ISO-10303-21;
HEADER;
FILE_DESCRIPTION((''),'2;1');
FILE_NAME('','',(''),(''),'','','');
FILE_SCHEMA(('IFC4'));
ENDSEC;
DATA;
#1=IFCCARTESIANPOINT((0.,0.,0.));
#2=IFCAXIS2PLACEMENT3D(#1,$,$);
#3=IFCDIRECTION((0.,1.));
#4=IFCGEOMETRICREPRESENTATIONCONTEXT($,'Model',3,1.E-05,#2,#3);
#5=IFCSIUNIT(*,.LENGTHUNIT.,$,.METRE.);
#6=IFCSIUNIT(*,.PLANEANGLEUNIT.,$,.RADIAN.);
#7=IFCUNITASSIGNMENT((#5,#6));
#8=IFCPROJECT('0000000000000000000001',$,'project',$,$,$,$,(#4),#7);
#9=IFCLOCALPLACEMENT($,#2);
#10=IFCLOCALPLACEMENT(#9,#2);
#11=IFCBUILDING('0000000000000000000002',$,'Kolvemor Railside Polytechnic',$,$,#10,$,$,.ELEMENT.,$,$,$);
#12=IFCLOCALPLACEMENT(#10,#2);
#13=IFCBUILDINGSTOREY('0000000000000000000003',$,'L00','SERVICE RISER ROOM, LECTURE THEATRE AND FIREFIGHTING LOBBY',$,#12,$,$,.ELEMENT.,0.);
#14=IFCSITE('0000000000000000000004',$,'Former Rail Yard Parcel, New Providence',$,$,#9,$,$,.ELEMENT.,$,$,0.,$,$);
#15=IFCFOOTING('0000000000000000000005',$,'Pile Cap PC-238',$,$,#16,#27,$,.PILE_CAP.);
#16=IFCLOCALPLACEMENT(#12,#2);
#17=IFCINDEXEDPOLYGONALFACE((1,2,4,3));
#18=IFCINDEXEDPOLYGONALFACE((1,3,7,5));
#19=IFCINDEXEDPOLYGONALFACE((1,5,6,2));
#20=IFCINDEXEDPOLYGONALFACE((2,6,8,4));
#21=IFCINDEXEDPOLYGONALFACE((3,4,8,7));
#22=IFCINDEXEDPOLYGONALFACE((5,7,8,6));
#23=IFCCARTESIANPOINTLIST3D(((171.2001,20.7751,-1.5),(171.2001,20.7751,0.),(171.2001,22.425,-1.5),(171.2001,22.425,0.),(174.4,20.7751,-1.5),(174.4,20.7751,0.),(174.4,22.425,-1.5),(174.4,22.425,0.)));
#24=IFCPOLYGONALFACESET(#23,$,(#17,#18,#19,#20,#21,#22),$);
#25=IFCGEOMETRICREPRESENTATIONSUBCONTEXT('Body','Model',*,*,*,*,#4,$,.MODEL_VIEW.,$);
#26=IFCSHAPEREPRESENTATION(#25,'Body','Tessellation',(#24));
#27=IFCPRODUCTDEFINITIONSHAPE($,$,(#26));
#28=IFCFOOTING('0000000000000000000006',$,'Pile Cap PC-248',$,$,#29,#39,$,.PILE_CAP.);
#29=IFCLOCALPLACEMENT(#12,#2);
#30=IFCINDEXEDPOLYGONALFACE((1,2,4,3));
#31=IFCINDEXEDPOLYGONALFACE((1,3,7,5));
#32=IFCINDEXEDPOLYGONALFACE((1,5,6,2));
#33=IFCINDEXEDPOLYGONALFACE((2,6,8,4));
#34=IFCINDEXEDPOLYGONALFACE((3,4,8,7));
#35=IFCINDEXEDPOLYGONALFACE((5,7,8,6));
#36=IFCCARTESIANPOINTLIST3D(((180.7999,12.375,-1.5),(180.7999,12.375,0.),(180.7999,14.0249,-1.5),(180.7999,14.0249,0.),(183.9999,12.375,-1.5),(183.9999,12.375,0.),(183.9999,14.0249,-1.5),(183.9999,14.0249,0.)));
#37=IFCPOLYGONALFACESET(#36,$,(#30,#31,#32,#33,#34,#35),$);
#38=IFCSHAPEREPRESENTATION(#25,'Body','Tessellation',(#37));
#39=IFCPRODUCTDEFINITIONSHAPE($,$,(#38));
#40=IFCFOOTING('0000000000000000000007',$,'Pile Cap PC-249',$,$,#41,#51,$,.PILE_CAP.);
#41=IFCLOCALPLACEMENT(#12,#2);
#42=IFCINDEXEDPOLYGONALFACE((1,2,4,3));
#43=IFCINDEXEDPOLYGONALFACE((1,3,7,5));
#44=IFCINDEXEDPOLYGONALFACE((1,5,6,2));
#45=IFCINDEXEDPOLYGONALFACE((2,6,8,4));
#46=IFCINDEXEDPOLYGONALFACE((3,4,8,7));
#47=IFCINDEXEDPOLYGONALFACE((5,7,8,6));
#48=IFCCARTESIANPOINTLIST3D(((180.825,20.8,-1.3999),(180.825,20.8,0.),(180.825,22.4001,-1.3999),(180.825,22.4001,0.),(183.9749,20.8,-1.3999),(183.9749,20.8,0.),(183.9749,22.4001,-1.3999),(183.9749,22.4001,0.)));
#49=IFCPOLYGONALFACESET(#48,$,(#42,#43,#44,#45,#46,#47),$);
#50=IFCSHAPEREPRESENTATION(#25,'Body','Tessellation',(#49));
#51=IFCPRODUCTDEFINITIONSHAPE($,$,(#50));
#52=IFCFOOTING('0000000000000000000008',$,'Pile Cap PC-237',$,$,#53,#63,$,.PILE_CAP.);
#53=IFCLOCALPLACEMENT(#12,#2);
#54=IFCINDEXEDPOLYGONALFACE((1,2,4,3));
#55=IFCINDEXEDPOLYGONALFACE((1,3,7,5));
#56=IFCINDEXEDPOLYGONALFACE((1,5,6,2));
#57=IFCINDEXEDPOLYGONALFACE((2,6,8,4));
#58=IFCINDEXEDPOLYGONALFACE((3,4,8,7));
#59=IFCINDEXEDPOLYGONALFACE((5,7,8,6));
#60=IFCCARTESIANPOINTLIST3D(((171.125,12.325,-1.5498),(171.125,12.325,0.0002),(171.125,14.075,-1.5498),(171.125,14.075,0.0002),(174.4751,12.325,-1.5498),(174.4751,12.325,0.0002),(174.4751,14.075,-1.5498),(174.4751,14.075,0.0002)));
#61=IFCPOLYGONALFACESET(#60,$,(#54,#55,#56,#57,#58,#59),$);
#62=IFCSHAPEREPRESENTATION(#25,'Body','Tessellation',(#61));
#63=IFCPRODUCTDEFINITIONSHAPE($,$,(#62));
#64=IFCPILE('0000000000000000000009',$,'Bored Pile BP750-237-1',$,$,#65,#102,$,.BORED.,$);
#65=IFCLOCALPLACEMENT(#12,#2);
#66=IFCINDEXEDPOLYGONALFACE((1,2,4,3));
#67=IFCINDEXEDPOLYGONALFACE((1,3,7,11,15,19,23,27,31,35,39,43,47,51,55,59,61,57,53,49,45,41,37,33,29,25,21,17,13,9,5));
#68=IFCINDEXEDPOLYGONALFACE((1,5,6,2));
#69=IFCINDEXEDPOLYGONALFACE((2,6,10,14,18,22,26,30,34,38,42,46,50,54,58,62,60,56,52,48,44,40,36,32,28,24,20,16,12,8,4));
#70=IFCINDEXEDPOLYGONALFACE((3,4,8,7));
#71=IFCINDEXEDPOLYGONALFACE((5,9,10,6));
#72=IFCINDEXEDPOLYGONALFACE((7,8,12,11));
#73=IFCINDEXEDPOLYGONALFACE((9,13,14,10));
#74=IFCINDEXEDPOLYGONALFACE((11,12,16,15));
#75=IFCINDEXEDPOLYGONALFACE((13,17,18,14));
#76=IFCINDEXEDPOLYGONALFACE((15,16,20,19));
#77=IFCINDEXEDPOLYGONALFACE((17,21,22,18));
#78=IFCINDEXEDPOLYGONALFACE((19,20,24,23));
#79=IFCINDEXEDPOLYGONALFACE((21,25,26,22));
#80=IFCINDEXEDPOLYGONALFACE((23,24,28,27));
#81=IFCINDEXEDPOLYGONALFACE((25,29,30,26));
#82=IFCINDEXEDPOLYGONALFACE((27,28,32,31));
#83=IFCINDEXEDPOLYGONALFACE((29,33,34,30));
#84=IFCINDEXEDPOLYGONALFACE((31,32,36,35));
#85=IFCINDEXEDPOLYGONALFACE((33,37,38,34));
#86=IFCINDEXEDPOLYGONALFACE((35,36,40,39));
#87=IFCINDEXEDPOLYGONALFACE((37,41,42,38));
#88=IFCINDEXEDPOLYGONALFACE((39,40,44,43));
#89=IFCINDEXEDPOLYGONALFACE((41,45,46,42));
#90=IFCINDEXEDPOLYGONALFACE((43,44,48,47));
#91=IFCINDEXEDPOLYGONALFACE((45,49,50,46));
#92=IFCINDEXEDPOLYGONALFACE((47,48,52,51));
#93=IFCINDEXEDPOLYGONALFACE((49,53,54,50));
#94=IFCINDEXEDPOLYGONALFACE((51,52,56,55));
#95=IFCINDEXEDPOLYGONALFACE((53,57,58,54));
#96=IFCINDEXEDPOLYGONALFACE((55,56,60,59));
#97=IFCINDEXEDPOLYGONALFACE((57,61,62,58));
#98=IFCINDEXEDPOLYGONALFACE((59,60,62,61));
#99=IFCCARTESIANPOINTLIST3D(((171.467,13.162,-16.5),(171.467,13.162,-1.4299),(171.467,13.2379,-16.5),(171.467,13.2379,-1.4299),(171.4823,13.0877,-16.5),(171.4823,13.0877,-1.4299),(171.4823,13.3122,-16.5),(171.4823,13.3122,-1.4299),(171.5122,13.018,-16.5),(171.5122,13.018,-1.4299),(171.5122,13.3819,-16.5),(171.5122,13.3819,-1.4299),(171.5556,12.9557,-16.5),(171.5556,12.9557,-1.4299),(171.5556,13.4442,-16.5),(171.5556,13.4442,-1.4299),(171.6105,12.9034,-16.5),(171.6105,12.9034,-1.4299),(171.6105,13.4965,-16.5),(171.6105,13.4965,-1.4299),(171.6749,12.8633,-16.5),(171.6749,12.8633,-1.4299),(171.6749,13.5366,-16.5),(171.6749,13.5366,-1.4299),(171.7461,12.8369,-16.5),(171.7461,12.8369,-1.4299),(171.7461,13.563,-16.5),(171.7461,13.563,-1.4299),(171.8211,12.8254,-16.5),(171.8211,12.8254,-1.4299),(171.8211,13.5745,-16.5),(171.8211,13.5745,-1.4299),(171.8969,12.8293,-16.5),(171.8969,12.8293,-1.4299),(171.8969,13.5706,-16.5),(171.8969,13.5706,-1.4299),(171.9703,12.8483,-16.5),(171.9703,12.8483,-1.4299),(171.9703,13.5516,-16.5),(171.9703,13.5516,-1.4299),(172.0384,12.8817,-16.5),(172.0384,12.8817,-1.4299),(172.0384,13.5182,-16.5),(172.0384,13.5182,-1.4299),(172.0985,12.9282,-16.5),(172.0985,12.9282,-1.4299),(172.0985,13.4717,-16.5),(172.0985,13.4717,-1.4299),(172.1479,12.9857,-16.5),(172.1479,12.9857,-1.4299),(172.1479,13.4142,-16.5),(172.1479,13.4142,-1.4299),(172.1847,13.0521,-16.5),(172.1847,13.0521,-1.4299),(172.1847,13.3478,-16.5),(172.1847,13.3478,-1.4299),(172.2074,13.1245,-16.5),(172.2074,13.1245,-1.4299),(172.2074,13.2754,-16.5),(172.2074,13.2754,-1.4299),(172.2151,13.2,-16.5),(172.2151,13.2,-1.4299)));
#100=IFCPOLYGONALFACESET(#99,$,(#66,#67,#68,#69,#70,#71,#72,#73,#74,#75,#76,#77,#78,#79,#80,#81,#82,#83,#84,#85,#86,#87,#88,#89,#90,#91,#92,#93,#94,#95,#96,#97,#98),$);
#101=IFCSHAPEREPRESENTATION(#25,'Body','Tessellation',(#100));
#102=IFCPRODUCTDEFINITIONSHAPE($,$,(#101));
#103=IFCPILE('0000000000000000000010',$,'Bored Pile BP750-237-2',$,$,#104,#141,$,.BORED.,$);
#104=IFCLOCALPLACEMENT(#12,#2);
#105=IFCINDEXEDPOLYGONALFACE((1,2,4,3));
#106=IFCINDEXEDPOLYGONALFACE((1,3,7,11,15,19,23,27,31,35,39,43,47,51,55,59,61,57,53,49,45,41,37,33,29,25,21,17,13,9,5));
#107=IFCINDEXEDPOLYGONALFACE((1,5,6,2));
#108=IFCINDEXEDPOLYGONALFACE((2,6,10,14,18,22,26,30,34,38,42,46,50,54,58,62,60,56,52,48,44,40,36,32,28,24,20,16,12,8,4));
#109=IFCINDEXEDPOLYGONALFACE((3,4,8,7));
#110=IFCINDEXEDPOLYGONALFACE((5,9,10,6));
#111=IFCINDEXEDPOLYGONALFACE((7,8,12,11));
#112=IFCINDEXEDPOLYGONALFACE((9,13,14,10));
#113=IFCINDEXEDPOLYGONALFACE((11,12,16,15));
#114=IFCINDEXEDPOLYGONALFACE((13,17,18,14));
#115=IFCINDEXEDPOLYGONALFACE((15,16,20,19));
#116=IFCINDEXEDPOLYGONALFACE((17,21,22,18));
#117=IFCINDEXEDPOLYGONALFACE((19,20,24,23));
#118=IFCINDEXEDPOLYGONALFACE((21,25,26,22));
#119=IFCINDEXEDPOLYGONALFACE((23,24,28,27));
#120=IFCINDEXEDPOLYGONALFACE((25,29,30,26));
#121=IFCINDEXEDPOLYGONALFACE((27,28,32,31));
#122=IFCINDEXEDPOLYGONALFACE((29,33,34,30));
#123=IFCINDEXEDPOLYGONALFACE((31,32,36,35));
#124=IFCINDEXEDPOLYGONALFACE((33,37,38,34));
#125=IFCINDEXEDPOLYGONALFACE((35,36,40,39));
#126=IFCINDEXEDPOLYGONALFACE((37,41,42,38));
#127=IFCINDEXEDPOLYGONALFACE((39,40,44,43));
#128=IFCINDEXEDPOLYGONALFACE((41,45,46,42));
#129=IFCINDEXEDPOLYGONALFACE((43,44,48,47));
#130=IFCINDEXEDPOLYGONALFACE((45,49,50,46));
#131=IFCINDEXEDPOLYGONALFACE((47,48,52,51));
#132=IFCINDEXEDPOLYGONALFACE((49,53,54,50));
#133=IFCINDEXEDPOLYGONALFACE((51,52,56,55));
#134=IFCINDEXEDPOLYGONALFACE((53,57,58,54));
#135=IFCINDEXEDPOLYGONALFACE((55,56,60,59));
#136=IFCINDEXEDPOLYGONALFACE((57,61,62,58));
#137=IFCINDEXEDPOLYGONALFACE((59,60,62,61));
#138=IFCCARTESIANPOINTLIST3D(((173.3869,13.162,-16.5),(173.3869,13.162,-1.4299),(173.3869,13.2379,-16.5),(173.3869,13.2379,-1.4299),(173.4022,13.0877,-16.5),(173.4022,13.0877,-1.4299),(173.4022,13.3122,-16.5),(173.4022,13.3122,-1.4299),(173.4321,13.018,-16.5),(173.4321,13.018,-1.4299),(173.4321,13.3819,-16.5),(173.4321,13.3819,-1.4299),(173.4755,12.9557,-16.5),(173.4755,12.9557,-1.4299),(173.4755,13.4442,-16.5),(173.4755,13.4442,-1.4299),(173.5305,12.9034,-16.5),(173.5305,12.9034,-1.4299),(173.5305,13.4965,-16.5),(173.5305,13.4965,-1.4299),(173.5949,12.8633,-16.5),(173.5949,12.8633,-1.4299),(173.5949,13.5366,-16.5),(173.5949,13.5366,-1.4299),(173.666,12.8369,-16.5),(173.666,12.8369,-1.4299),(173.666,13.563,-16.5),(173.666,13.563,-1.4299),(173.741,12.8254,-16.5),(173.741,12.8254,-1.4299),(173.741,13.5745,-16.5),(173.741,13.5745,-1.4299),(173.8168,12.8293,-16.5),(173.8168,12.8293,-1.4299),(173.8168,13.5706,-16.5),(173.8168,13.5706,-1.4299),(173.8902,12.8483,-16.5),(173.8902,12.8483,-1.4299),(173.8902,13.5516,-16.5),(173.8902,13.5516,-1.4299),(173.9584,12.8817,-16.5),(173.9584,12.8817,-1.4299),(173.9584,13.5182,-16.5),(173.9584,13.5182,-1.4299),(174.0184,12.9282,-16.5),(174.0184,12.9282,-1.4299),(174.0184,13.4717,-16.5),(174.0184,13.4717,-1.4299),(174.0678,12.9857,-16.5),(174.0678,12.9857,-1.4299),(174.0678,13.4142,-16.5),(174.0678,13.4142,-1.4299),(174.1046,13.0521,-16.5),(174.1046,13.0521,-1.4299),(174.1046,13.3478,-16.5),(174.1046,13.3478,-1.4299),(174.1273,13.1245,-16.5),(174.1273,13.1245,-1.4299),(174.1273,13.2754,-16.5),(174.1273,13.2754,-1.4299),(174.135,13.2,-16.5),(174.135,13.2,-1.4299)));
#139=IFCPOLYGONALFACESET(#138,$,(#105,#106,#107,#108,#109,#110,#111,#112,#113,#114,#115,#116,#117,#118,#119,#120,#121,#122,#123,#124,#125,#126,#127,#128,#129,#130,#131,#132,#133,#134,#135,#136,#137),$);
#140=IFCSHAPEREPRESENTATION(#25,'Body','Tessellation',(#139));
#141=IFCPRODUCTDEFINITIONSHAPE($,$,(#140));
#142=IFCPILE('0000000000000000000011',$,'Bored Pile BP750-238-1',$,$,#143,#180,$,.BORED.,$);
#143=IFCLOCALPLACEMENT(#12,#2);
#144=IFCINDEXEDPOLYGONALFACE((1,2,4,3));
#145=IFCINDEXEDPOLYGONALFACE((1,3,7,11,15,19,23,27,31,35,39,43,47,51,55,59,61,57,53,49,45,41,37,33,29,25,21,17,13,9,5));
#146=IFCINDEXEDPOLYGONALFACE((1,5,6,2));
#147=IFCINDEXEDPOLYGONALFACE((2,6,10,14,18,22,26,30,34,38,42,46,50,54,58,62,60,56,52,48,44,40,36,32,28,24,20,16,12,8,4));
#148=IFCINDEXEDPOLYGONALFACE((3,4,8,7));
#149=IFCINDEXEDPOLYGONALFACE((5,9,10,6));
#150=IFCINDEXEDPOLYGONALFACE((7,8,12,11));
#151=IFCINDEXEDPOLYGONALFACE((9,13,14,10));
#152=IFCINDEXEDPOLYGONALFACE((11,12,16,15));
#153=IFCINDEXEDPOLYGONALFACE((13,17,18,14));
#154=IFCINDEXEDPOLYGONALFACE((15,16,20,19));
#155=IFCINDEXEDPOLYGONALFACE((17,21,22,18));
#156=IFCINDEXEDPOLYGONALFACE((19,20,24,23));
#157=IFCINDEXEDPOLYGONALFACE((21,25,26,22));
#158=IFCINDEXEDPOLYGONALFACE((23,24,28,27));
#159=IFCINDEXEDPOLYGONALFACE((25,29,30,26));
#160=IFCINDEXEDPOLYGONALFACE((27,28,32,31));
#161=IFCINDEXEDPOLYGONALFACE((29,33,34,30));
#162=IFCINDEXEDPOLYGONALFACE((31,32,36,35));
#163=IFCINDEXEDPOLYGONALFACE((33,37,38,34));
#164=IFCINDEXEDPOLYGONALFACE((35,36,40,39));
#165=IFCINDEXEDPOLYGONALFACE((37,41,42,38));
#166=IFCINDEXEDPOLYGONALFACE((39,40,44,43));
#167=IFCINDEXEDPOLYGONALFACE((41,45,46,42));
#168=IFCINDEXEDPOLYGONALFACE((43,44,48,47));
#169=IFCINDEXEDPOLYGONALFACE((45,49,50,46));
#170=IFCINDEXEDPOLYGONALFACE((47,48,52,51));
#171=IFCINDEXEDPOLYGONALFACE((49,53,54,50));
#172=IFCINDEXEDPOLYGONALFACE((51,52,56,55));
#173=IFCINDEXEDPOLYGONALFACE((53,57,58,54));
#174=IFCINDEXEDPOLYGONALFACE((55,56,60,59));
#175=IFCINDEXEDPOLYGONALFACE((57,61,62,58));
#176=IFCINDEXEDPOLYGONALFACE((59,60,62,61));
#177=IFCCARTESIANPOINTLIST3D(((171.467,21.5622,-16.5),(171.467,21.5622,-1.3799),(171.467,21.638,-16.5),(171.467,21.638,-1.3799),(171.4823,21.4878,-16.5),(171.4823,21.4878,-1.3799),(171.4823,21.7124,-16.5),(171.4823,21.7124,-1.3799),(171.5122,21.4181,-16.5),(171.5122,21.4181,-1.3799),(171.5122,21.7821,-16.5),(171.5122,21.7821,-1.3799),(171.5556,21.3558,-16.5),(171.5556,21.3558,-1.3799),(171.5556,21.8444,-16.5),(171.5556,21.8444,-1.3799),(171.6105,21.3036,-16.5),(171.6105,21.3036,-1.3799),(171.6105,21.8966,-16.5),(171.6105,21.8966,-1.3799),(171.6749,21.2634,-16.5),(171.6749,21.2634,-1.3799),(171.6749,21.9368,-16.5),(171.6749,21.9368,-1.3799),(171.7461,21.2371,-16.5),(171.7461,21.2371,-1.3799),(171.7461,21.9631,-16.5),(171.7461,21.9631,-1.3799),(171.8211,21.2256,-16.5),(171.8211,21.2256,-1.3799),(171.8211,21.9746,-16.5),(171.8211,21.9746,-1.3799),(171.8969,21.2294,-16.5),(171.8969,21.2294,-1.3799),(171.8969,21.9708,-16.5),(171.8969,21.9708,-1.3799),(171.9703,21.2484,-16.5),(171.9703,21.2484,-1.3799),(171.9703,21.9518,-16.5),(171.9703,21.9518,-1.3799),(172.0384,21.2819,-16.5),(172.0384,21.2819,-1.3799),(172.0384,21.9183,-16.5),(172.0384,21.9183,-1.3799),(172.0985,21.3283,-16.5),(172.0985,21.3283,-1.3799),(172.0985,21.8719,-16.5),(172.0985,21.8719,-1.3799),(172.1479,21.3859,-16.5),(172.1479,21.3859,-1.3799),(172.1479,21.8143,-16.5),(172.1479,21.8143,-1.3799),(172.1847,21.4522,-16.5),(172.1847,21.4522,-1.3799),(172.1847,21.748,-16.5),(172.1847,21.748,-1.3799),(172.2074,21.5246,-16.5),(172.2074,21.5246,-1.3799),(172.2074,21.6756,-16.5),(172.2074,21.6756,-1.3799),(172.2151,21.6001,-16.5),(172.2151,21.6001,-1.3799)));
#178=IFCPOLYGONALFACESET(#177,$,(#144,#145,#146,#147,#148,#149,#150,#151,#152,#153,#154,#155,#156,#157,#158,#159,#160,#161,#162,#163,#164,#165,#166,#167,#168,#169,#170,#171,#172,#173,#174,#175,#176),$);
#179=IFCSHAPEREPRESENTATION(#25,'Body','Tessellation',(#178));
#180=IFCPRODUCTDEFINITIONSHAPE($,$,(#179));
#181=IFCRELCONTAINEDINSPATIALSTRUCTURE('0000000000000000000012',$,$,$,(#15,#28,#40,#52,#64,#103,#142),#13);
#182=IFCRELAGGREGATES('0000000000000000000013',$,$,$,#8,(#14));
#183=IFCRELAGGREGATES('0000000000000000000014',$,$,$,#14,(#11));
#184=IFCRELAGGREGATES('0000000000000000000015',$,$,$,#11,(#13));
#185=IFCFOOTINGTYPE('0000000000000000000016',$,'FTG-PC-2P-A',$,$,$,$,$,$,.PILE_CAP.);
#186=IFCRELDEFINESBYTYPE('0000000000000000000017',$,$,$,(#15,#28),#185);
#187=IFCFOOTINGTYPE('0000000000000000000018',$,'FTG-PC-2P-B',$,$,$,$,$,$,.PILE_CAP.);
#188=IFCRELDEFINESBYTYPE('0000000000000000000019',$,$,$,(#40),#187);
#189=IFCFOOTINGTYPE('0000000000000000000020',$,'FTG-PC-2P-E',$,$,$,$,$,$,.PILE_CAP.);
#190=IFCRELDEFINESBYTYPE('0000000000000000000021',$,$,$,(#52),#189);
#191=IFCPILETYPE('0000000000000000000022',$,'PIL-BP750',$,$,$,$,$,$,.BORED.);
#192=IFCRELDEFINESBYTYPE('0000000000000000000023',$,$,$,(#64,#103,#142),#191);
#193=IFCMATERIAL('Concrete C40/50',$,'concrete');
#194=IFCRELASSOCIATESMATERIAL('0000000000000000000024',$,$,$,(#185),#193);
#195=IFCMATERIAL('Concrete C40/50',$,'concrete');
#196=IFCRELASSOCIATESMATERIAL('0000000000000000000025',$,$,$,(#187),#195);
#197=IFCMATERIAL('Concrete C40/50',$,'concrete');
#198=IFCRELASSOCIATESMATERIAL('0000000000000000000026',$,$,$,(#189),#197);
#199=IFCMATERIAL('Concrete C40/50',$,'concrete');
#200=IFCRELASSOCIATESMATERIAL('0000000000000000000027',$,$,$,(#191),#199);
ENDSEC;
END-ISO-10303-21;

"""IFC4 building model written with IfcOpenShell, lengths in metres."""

from ifc_helpers import new_model, si_unit, direction, frame, origin, origin_2d, place, context, subcontext, project, spatial, rectangle, circle, extrude, material, material_profile, profile_set, type_object, element, save


model = new_model("IFC4")

# Units and contexts
model_context = context("Model", 3, precision=1e-05, world=origin(), true_north=direction((0.0, 1.0)))
body_context = subcontext(model_context, "Body", "Model", "MODEL_VIEW")
ifc_project = project(units=[si_unit("LENGTHUNIT", "METRE"), si_unit("PLANEANGLEUNIT", "RADIAN")], contexts=[model_context])

# Site, building, storey
site_placement = place(None, origin())
site = spatial("IfcSite", under=ifc_project, at=site_placement, Name="Former Rail Yard Parcel, New Providence", CompositionType="ELEMENT", RefElevation=0.0)
building_placement = place(site_placement, origin())
building = spatial("IfcBuilding", under=site, at=building_placement, Name="Kolvemor Railside Polytechnic", CompositionType="ELEMENT")
storey_placement = place(building_placement, origin())
storey = spatial("IfcBuildingStorey", under=building, at=storey_placement, Name="L00", Description="SERVICE RISER ROOM, LECTURE THEATRE AND FIREFIGHTING LOBBY", CompositionType="ELEMENT", Elevation=0.0)

# Footings
ifc_material_1 = material(Name="Concrete C40/50", Category="concrete")
footing_type_1 = type_object("IfcFootingType", Name="FTG-PC-2P-A", PredefinedType="PILE_CAP", material=ifc_material_1)
for number, where, z_axis, x_axis, name in (
    (1, (172.8, 21.6001, -1.5), (0.0, 0.0, 1.0), (1.0, 0.0, 0.0), "Pile Cap PC-238"),
    (2, (182.3999, 13.2, -1.5), (0.0, 0.0, 1.0), (1.0, 0.0, 0.0), "Pile Cap PC-248"),
):
    element("IfcFooting", number, at=place(storey_placement, frame(where, z_axis=z_axis, x_axis=x_axis)), inside=storey, type_object=footing_type_1, Name=name, PredefinedType="PILE_CAP", context=body_context, shape_type="SweptSolid", body=[
        extrude(rectangle(XDim=3.2, YDim=1.6499, at=origin_2d()), origin(), (0.0, 0.0, 1.0), 1.5),
    ])
ifc_material_2 = material(Name="Concrete C40/50", Category="concrete")
footing_type_2 = type_object("IfcFootingType", Name="FTG-PC-2P-B", PredefinedType="PILE_CAP", material=ifc_material_2)
footing_1_placement = place(storey_placement, frame((182.3999, 21.6001, -1.3999), z_axis=(0.0, 0.0, 1.0), x_axis=(1.0, 0.0, 0.0)))
element("IfcFooting", 3, at=footing_1_placement, inside=storey, type_object=footing_type_2, Name="Pile Cap PC-249", PredefinedType="PILE_CAP", context=body_context, shape_type="SweptSolid", body=[
    extrude(rectangle(XDim=3.1499, YDim=1.6001, at=origin_2d()), origin(), (0.0, 0.0, 1.0), 1.3999),
])
ifc_material_3 = material(Name="Concrete C40/50", Category="concrete")
footing_type_3 = type_object("IfcFootingType", Name="FTG-PC-2P-E", PredefinedType="PILE_CAP", material=ifc_material_3)
footing_2_placement = place(storey_placement, frame((172.8, 13.2, -1.5498), z_axis=(0.0, 0.0, 1.0), x_axis=(1.0, 0.0, 0.0)))
element("IfcFooting", 4, at=footing_2_placement, inside=storey, type_object=footing_type_3, Name="Pile Cap PC-237", PredefinedType="PILE_CAP", context=body_context, shape_type="SweptSolid", body=[
    extrude(rectangle(XDim=3.3501, YDim=1.75, at=origin_2d()), origin(), (0.0, 0.0, 1.0), 1.55),
])

# Piles
ifc_material_4 = material(Name="Concrete C40/50", Category="concrete")
ifc_material_profile_1 = material_profile(ifc_material_4, circle(Radius=0.375, at=origin_2d()), Name="BP750")
ifc_profile_set_1 = profile_set([ifc_material_profile_1], Name="Concrete C40/50")
pile_type = type_object("IfcPileType", Name="PIL-BP750", PredefinedType="BORED", material=ifc_profile_set_1)
for number, where, z_axis, x_axis, name in (
    (5, (171.8401, 13.2, -1.4299), (0.0, 0.0, -1.0), (1.0, 0.0, 0.0), "Bored Pile BP750-237-1"),
    (6, (173.76, 13.2, -1.4299), (0.0, 0.0, -1.0), (1.0, 0.0, 0.0), "Bored Pile BP750-237-2"),
):
    element("IfcPile", number, at=place(storey_placement, frame(where, z_axis=z_axis, x_axis=x_axis)), inside=storey, type_object=pile_type, Name=name, PredefinedType="BORED", context=body_context, shape_type="SweptSolid", body=[
        extrude(circle(Radius=0.375, at=origin_2d()), origin(), (0.0, 0.0, 1.0), 15.0701),
    ])
for number, where, z_axis, x_axis, name in (
    (7, (171.8401, 21.6001, -1.3799), (0.0, 0.0, -1.0), (1.0, 0.0, 0.0), "Bored Pile BP750-238-1"),
):
    element("IfcPile", number, at=place(storey_placement, frame(where, z_axis=z_axis, x_axis=x_axis)), inside=storey, type_object=pile_type, Name=name, PredefinedType="BORED", context=body_context, shape_type="SweptSolid", body=[
        extrude(circle(Radius=0.375, at=origin_2d()), origin(), (0.0, 0.0, 1.0), 15.1201),
    ])

save(model, "model.ifc")
